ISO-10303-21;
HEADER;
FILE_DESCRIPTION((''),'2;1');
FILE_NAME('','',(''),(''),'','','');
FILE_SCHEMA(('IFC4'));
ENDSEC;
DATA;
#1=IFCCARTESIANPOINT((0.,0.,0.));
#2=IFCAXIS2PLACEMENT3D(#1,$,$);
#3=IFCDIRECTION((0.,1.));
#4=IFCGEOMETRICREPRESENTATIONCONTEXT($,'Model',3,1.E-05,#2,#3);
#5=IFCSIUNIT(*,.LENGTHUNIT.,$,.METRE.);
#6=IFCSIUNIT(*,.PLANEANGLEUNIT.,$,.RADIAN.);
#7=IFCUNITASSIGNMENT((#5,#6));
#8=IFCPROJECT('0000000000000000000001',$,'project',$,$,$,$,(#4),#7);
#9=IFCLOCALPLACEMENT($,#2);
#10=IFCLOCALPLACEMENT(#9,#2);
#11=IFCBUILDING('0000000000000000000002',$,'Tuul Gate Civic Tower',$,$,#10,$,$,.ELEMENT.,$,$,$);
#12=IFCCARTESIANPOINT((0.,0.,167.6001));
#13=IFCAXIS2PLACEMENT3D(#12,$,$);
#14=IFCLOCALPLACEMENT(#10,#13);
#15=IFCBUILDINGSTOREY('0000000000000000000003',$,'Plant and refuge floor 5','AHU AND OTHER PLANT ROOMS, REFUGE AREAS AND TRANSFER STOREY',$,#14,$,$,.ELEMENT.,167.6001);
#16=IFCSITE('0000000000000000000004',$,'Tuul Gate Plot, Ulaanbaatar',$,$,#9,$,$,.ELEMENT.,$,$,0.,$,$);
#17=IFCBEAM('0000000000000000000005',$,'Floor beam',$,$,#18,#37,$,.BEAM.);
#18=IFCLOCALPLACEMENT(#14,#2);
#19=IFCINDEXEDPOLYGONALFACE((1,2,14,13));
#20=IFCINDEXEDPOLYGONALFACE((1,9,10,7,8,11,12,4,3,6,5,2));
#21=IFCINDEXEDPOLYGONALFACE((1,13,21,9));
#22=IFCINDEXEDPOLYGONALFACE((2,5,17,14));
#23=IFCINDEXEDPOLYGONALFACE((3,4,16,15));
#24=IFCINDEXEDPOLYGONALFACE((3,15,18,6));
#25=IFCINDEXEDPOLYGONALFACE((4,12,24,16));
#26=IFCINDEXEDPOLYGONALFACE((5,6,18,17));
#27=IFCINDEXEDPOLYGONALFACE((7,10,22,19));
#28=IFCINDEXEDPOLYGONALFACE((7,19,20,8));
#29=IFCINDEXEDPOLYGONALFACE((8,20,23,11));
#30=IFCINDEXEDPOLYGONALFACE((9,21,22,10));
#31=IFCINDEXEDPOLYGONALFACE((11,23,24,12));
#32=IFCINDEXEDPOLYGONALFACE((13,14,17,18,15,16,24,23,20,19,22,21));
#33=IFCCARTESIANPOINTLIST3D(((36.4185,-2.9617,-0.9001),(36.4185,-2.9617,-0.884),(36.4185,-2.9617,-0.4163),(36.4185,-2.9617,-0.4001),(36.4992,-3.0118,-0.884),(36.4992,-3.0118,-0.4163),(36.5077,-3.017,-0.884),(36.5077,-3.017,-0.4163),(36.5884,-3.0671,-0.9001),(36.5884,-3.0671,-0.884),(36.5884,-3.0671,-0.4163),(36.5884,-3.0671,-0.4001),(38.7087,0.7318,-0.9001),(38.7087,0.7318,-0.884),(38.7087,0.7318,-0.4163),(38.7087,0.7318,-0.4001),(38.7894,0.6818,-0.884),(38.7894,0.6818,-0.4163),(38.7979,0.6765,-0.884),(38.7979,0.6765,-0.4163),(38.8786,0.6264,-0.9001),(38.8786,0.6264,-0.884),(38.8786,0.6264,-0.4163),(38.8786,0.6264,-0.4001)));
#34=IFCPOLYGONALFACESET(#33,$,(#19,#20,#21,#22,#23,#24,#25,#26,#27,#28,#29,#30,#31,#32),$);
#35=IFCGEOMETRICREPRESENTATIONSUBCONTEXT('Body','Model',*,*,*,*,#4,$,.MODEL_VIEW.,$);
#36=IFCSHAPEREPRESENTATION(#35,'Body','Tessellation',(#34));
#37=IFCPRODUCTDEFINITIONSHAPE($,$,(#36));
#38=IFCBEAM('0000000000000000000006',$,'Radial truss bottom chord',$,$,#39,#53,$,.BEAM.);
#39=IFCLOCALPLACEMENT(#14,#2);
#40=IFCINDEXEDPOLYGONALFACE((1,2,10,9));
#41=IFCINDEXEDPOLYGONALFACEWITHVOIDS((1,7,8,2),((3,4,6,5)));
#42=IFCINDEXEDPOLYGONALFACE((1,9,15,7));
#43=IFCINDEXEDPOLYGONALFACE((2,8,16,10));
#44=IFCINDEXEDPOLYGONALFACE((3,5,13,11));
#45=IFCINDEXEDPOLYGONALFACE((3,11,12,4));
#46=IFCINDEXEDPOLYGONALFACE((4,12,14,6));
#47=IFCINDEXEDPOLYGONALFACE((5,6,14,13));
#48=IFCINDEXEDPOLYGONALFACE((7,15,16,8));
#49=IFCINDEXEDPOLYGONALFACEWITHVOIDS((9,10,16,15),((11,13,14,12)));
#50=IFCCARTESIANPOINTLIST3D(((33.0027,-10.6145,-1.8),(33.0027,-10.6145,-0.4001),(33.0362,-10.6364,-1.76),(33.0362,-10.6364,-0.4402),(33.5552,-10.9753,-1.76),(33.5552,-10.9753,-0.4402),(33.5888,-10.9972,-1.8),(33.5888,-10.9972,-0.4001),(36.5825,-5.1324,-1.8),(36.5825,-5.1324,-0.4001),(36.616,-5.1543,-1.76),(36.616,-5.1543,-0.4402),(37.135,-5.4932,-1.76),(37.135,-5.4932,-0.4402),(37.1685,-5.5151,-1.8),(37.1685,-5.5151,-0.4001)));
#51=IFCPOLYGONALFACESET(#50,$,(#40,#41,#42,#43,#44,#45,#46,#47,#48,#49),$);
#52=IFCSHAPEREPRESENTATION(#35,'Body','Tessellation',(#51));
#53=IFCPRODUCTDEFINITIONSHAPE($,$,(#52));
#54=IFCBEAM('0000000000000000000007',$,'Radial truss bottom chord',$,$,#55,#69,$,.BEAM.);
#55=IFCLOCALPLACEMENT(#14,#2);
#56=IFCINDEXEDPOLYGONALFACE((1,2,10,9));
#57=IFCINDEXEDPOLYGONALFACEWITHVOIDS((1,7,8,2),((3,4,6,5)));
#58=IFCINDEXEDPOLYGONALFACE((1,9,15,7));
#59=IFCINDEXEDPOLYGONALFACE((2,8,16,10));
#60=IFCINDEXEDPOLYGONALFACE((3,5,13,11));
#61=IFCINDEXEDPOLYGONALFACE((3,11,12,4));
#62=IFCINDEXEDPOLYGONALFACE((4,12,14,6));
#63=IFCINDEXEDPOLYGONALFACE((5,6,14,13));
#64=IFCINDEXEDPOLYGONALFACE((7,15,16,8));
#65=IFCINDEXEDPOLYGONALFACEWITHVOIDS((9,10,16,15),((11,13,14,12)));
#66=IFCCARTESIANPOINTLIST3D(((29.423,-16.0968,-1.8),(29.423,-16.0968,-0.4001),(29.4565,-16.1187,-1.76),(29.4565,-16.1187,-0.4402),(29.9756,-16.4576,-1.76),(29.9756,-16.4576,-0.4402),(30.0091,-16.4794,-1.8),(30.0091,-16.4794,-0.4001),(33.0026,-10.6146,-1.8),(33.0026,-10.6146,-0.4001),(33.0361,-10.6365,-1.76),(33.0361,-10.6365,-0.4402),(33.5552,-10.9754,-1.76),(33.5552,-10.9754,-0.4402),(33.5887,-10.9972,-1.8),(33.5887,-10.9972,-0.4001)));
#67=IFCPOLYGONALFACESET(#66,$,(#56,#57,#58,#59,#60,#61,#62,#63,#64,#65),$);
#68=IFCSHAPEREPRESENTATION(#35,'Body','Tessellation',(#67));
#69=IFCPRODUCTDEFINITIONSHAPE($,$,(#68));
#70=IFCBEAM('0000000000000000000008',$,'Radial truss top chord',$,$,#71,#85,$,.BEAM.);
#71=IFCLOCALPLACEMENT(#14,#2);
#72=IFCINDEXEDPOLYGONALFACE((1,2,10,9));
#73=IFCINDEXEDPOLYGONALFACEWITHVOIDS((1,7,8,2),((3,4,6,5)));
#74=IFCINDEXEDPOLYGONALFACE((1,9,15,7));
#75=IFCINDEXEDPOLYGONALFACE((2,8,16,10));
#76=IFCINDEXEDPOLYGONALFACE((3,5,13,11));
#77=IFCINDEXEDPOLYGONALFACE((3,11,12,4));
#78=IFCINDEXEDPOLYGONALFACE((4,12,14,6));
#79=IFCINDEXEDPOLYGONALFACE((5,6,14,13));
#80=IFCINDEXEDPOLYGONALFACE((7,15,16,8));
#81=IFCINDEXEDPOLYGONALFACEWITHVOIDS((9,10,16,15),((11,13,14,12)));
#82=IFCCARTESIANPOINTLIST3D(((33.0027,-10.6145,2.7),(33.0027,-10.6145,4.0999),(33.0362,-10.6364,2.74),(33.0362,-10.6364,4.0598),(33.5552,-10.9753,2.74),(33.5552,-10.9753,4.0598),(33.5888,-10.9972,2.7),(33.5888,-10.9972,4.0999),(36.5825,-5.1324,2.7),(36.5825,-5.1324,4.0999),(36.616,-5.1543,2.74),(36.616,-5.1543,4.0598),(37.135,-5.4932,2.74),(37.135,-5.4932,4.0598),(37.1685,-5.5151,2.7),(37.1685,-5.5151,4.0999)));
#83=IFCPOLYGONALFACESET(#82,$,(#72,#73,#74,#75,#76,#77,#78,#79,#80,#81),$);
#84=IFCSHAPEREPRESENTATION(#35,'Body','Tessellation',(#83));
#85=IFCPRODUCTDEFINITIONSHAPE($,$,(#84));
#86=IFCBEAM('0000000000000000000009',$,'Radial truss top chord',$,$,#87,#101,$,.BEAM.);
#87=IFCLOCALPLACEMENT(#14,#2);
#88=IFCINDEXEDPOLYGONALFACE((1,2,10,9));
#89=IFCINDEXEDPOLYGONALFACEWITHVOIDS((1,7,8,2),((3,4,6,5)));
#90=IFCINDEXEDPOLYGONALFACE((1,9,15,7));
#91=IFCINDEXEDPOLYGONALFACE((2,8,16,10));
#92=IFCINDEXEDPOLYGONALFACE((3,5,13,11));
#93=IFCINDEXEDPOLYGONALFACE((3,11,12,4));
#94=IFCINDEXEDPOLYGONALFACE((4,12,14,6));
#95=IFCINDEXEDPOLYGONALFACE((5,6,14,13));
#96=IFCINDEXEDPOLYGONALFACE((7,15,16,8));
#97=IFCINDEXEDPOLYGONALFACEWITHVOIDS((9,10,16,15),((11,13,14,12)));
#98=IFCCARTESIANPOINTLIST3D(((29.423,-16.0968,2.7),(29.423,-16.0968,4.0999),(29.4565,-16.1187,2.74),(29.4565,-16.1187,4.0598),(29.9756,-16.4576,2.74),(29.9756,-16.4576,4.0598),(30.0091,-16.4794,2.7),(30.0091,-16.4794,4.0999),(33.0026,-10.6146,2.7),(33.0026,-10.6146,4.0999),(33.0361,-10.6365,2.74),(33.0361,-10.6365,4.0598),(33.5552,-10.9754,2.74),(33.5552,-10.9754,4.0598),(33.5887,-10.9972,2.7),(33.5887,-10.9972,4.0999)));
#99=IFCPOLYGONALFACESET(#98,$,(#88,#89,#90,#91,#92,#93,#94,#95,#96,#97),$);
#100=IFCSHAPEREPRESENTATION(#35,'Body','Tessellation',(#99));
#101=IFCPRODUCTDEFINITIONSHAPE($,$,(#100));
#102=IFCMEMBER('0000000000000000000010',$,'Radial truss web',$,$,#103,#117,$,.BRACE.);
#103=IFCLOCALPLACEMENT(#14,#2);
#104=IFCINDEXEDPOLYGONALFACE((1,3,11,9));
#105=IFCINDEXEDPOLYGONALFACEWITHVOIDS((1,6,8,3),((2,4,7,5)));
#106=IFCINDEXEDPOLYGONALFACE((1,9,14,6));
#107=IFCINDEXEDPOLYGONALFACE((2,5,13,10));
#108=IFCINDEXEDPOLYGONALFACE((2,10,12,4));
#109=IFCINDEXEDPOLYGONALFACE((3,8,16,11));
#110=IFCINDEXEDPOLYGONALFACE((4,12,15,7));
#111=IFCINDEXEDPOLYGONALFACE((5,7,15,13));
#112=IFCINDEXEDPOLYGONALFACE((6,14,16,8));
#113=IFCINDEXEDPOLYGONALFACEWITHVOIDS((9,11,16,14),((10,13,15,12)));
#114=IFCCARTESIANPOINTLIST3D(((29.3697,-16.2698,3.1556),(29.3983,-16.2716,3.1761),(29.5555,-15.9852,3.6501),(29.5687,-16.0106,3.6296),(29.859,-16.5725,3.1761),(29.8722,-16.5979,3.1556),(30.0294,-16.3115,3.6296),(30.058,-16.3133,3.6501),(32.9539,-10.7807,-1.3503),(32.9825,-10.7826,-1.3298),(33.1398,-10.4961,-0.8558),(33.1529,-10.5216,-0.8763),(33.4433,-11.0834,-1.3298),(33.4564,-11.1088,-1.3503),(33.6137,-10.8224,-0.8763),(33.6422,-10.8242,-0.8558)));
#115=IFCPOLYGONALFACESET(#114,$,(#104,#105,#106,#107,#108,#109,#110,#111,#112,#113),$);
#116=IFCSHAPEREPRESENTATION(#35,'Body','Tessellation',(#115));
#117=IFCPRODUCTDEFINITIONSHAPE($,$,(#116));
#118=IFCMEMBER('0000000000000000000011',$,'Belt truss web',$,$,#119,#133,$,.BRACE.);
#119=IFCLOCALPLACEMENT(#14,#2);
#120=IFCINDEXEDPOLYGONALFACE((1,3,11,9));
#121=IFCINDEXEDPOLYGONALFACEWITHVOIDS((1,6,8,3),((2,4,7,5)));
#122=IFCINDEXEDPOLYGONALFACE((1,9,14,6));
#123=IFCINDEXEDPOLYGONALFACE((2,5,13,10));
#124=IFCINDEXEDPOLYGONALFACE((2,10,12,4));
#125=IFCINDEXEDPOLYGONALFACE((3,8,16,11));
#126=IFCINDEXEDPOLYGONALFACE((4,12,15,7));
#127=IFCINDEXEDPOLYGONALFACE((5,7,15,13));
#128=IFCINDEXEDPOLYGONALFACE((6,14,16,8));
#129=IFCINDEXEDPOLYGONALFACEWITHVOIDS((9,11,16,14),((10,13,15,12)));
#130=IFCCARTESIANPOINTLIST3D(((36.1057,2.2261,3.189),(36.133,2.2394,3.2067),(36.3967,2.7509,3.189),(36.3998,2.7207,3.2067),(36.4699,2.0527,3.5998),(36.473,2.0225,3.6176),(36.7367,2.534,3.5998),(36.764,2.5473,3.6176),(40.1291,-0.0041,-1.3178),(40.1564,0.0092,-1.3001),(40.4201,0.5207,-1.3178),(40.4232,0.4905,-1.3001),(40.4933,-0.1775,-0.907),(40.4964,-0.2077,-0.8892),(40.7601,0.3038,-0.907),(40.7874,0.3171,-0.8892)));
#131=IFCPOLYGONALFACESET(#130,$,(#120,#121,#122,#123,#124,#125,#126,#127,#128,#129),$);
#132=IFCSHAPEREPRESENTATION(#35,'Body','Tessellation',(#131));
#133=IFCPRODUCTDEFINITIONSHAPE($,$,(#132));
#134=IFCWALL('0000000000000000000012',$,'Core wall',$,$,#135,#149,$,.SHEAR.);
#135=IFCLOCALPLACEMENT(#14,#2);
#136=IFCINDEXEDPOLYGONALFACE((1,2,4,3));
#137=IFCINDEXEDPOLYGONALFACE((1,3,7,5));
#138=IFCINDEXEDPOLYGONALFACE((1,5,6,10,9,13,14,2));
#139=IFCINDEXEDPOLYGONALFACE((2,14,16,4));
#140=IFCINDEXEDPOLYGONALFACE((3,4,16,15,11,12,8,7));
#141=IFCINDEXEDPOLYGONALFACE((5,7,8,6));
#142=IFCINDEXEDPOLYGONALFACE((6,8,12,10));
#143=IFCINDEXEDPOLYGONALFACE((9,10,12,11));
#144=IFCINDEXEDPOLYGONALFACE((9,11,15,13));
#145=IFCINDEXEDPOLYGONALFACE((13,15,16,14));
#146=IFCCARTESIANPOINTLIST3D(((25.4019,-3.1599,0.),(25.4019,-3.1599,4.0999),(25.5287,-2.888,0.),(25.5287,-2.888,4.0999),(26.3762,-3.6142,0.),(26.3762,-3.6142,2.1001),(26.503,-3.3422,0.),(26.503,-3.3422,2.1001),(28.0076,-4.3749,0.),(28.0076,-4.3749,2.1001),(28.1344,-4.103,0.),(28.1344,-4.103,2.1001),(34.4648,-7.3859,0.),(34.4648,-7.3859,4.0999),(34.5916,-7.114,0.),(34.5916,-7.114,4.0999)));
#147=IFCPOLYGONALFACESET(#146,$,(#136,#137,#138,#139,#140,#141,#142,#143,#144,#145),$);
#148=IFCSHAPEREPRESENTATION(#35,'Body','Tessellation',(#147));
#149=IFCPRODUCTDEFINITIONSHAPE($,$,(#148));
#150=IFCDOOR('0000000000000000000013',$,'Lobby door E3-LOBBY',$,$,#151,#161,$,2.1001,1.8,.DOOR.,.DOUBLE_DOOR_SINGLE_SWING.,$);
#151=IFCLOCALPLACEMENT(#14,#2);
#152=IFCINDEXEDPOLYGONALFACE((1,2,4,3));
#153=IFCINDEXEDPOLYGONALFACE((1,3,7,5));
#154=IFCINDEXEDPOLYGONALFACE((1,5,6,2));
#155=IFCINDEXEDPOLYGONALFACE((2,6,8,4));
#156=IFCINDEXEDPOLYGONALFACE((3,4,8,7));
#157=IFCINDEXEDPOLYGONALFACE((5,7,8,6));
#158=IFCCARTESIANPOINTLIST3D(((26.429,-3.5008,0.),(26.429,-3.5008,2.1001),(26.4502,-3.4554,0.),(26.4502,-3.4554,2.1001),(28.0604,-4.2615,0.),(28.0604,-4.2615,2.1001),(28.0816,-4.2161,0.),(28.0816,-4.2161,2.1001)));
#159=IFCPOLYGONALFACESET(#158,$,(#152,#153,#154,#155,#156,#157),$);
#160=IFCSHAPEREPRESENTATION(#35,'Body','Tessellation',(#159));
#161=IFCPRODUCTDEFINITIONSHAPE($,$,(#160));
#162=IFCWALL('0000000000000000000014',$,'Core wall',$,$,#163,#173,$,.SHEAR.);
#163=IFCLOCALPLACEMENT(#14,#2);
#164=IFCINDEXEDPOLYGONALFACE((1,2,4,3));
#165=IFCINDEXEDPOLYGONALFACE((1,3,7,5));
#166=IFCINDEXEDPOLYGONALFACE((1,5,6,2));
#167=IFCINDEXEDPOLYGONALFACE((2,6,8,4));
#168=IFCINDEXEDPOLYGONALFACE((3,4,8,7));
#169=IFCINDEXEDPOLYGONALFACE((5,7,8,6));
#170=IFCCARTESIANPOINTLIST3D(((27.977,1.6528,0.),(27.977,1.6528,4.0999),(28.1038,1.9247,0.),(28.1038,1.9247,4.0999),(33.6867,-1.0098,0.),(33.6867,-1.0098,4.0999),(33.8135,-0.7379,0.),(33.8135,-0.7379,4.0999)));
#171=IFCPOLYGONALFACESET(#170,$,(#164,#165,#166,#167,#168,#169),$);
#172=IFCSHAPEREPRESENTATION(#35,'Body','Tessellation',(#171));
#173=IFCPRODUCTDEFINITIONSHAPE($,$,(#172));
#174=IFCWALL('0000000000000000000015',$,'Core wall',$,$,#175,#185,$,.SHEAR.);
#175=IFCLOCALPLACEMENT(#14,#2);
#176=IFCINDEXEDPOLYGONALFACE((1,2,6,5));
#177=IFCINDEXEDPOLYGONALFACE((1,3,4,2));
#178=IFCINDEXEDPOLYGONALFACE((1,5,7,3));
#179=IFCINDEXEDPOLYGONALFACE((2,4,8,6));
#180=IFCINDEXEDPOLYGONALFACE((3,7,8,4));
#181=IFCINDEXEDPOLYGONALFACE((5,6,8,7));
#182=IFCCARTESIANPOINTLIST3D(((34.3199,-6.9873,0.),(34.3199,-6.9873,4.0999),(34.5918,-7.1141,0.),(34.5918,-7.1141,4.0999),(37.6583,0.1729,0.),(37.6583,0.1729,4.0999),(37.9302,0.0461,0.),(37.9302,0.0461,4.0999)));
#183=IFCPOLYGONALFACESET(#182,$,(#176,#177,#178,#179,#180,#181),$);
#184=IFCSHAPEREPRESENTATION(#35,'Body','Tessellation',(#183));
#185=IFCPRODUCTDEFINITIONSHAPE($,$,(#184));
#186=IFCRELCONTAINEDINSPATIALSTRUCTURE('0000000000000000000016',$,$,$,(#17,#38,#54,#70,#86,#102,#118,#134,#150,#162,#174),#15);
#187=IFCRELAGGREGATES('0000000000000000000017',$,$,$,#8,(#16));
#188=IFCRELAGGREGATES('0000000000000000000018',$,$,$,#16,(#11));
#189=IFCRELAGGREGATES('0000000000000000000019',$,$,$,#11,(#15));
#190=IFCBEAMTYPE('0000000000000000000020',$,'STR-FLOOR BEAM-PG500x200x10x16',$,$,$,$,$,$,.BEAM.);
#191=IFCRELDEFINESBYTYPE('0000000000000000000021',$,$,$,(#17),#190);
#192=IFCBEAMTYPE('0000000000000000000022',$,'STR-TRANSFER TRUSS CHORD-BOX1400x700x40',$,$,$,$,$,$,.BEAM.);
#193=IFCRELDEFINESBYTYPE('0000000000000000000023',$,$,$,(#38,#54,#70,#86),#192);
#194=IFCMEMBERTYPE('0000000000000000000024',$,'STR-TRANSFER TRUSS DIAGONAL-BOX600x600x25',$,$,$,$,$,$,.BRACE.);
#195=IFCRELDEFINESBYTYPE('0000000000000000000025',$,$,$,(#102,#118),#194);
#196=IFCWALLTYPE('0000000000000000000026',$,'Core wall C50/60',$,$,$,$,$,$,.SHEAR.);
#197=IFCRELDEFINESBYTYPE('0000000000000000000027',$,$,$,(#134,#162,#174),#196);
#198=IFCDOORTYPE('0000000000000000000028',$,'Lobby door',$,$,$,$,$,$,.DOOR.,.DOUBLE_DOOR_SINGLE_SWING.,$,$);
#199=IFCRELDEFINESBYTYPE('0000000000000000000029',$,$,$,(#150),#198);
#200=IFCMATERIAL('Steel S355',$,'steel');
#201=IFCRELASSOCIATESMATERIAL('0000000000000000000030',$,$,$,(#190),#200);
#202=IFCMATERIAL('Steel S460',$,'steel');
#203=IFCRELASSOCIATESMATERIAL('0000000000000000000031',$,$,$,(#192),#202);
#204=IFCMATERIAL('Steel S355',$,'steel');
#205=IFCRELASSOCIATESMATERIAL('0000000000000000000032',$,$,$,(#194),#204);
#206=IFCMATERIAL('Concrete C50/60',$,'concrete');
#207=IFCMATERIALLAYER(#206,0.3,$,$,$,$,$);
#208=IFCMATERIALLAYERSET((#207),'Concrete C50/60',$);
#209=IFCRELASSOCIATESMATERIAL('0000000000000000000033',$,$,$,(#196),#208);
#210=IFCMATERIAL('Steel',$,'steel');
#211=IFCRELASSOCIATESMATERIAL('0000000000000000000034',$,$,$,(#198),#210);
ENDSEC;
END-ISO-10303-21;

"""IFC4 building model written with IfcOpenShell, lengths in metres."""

from ifc_helpers import new_model, si_unit, direction, frame, frame_2d, origin, origin_2d, place, context, subcontext, project, spatial, rectangle, hollow_rectangle, i_section, extrude, material, layer, layer_set, material_profile, profile_set, type_object, element, fill, save


model = new_model("IFC4")

# Units and contexts
model_context = context("Model", 3, precision=1e-05, world=origin(), true_north=direction((0.0, 1.0)))
body_context = subcontext(model_context, "Body", "Model", "MODEL_VIEW")
ifc_project = project(units=[si_unit("LENGTHUNIT", "METRE"), si_unit("PLANEANGLEUNIT", "RADIAN")], contexts=[model_context])

# Site, building, storey
site_placement = place(None, origin())
site = spatial("IfcSite", under=ifc_project, at=site_placement, Name="Tuul Gate Plot, Ulaanbaatar", CompositionType="ELEMENT", RefElevation=0.0)
building_placement = place(site_placement, origin())
building = spatial("IfcBuilding", under=site, at=building_placement, Name="Tuul Gate Civic Tower", CompositionType="ELEMENT")
storey_placement = place(building_placement, frame((0.0, 0.0, 167.6001)))
storey = spatial("IfcBuildingStorey", under=building, at=storey_placement, Name="Plant and refuge floor 5", Description="AHU AND OTHER PLANT ROOMS, REFUGE AREAS AND TRANSFER STOREY", CompositionType="ELEMENT", Elevation=167.6001)

# Beams
ifc_material_1 = material(Name="Steel S355", Category="steel")
ifc_material_profile_1 = material_profile(ifc_material_1, i_section(OverallWidth=0.2, OverallDepth=0.5, WebThickness=0.01, FlangeThickness=0.0161, at=origin_2d()), Name="PG500x200x10x16")
ifc_profile_set_1 = profile_set([ifc_material_profile_1], Name="Steel S355")
beam_type_1 = type_object("IfcBeamType", Name="STR-FLOOR BEAM-PG500x200x10x16", PredefinedType="BEAM", material=ifc_profile_set_1)
beam_placement = place(storey_placement, frame((36.5034, -3.0144, -0.6501), z_axis=(0.526981, 0.849877, 0.0), x_axis=(-0.849877, 0.526981, 0.0)))
element("IfcBeam", 1, at=beam_placement, inside=storey, type_object=beam_type_1, Name="Floor beam", PredefinedType="BEAM", context=body_context, shape_type="SweptSolid", body=[
    extrude(i_section(OverallWidth=0.2, OverallDepth=0.5, WebThickness=0.01, FlangeThickness=0.0161, at=origin_2d()), origin(), (0.0, 0.0, 1.0), 4.3459),
])
ifc_material_2 = material(Name="Steel S460", Category="steel")
ifc_material_profile_2 = material_profile(ifc_material_2, hollow_rectangle(XDim=0.7, YDim=1.3999, WallThickness=0.04, at=origin_2d()), Name="BOX1400x700x40")
ifc_profile_set_2 = profile_set([ifc_material_profile_2], Name="Steel S460")
beam_type_2 = type_object("IfcBeamType", Name="STR-TRANSFER TRUSS CHORD-BOX1400x700x40", PredefinedType="BEAM", material=ifc_profile_set_2)
for number, where, z_axis, x_axis, name in (
    (2, (36.8755, -5.3237, -1.1001), (-0.54675, -0.837296, 0.0), (0.837296, -0.54675, 0.0), "Radial truss bottom chord"),
    (3, (33.2957, -10.8059, -1.1001), (-0.546724, -0.837313, 0.0), (0.837313, -0.546724, 0.0), "Radial truss bottom chord"),
    (4, (36.8755, -5.3237, 3.3999), (-0.54675, -0.837296, 0.0), (0.837296, -0.54675, 0.0), "Radial truss top chord"),
    (5, (33.2957, -10.8059, 3.3999), (-0.546724, -0.837313, 0.0), (0.837313, -0.546724, 0.0), "Radial truss top chord"),
):
    element("IfcBeam", number, at=place(storey_placement, frame(where, z_axis=z_axis, x_axis=x_axis)), inside=storey, type_object=beam_type_2, Name=name, PredefinedType="BEAM", context=body_context, shape_type="SweptSolid", body=[
        extrude(hollow_rectangle(XDim=0.7, YDim=1.3999, WallThickness=0.04, at=origin_2d()), origin(), (0.0, 0.0, 1.0), 6.5474),
    ])

# Members
ifc_material_3 = material(Name="Steel S355", Category="steel")
ifc_material_profile_3 = material_profile(ifc_material_3, hollow_rectangle(XDim=0.6001, YDim=0.6001, WallThickness=0.0249, at=origin_2d()), Name="BOX600x600x25")
ifc_profile_set_3 = profile_set([ifc_material_profile_3], Name="Steel S355")
member_type = type_object("IfcMemberType", Name="STR-TRANSFER TRUSS DIAGONAL-BOX600x600x25", PredefinedType="BRACE", material=ifc_profile_set_3)
member_1_placement = place(storey_placement, frame((33.2981, -10.8025, -1.103), z_axis=(-0.450575, -0.690026, 0.566433), x_axis=(0.837301, -0.546743, 0.0)))
element("IfcMember", 6, at=member_1_placement, inside=storey, type_object=member_type, Name="Radial truss web", PredefinedType="BRACE", context=body_context, shape_type="SweptSolid", body=[
    extrude(hollow_rectangle(XDim=0.6001, YDim=0.6001, WallThickness=0.0249, at=origin_2d()), origin(), (0.0, 0.0, 1.0), 7.9548),
])
member_2_placement = place(storey_placement, frame((40.4583, 0.1565, -1.1035), z_axis=(-0.624758, 0.346308, 0.69982), x_axis=(-0.484809, -0.87462, 0.0)))
element("IfcMember", 7, at=member_2_placement, inside=storey, type_object=member_type, Name="Belt truss web", PredefinedType="BRACE", context=body_context, shape_type="SweptSolid", body=[
    extrude(hollow_rectangle(XDim=0.6001, YDim=0.6001, WallThickness=0.0249, at=origin_2d()), origin(), (0.0, 0.0, 1.0), 6.4399),
])

# Wall, opening, door
ifc_material_4 = material(Name="Concrete C50/60", Category="concrete")
ifc_layer_1 = layer(ifc_material_4, 0.3)
ifc_layer_set_1 = layer_set([ifc_layer_1], Name="Concrete C50/60")
wall_type_1 = type_object("IfcWallType", Name="Core wall C50/60", PredefinedType="SHEAR", material=ifc_layer_set_1)
wall_1_placement = place(storey_placement, frame((34.5283, -7.25, 0.0), z_axis=(0.0, 0.0, 1.0), x_axis=(-0.90631, 0.422613, 0.0)))
wall_1 = element("IfcWall", 8, at=wall_1_placement, inside=storey, type_object=wall_type_1, Name="Core wall", PredefinedType="SHEAR", context=body_context, shape_type="SweptSolid", body=[
    extrude(rectangle(XDim=9.9998, YDim=0.3, at=frame_2d((5.0, 0.0))), origin(), (0.0, 0.0, 1.0), 4.0999),
])
opening_1_placement = place(wall_1_placement, frame((7.125, 0.0, 0.0)))
opening_1 = element("IfcOpeningElement", 9, at=opening_1_placement, cuts=wall_1, PredefinedType="OPENING", context=body_context, shape_type="SweptSolid", body=[
    extrude(rectangle(XDim=1.8, YDim=2.1001, at=frame_2d((0.8999, 1.05))), frame((0.0, 0.1602, 0.0), z_axis=(0.0, -1.0, 0.0), x_axis=(1.0, 0.0, 0.0)), (0.0, 0.0, 1.0), 0.3201),
])
ifc_material_5 = material(Name="Steel", Category="steel")
door_type_1 = type_object("IfcDoorType", Name="Lobby door", OperationType="DOUBLE_DOOR_SINGLE_SWING", PredefinedType="DOOR", material=ifc_material_5)
door_1_placement = place(opening_1_placement, origin())
door_1 = element("IfcDoor", 10, at=door_1_placement, inside=storey, type_object=door_type_1, Name="Lobby door E3-LOBBY", OperationType="DOUBLE_DOOR_SINGLE_SWING", OverallHeight=2.1001, OverallWidth=1.8, PredefinedType="DOOR", context=body_context, shape_type="SweptSolid", body=[
    extrude(rectangle(XDim=1.8, YDim=2.1001, at=frame_2d((0.8999, 1.05))), frame((0.0, 0.0249, 0.0), z_axis=(0.0, -1.0, 0.0), x_axis=(1.0, 0.0, 0.0)), (0.0, 0.0, 1.0), 0.05),
])
fill(opening_1, door_1)

# Walls
wall_2_placement = place(storey_placement, frame((33.75, -0.8738, 0.0), z_axis=(0.0, 0.0, 1.0), x_axis=(-0.906301, 0.422633, 0.0)))
element("IfcWall", 11, at=wall_2_placement, inside=storey, type_object=wall_type_1, Name="Core wall", PredefinedType="SHEAR", context=body_context, shape_type="SweptSolid", body=[
    extrude(rectangle(XDim=6.3, YDim=0.3, at=frame_2d((3.1499, 0.0))), origin(), (0.0, 0.0, 1.0), 4.0999),
])
wall_3_placement = place(storey_placement, frame((34.4558, -7.0508, 0.0), z_axis=(0.0, 0.0, 1.0), x_axis=(0.422571, 0.90633, 0.0)))
element("IfcWall", 12, at=wall_3_placement, inside=storey, type_object=wall_type_1, Name="Core wall", PredefinedType="SHEAR", context=body_context, shape_type="SweptSolid", body=[
    extrude(rectangle(XDim=7.9001, YDim=0.3, at=frame_2d((3.9502, 0.0))), origin(), (0.0, 0.0, 1.0), 4.0999),
])

save(model, "model.ifc")
